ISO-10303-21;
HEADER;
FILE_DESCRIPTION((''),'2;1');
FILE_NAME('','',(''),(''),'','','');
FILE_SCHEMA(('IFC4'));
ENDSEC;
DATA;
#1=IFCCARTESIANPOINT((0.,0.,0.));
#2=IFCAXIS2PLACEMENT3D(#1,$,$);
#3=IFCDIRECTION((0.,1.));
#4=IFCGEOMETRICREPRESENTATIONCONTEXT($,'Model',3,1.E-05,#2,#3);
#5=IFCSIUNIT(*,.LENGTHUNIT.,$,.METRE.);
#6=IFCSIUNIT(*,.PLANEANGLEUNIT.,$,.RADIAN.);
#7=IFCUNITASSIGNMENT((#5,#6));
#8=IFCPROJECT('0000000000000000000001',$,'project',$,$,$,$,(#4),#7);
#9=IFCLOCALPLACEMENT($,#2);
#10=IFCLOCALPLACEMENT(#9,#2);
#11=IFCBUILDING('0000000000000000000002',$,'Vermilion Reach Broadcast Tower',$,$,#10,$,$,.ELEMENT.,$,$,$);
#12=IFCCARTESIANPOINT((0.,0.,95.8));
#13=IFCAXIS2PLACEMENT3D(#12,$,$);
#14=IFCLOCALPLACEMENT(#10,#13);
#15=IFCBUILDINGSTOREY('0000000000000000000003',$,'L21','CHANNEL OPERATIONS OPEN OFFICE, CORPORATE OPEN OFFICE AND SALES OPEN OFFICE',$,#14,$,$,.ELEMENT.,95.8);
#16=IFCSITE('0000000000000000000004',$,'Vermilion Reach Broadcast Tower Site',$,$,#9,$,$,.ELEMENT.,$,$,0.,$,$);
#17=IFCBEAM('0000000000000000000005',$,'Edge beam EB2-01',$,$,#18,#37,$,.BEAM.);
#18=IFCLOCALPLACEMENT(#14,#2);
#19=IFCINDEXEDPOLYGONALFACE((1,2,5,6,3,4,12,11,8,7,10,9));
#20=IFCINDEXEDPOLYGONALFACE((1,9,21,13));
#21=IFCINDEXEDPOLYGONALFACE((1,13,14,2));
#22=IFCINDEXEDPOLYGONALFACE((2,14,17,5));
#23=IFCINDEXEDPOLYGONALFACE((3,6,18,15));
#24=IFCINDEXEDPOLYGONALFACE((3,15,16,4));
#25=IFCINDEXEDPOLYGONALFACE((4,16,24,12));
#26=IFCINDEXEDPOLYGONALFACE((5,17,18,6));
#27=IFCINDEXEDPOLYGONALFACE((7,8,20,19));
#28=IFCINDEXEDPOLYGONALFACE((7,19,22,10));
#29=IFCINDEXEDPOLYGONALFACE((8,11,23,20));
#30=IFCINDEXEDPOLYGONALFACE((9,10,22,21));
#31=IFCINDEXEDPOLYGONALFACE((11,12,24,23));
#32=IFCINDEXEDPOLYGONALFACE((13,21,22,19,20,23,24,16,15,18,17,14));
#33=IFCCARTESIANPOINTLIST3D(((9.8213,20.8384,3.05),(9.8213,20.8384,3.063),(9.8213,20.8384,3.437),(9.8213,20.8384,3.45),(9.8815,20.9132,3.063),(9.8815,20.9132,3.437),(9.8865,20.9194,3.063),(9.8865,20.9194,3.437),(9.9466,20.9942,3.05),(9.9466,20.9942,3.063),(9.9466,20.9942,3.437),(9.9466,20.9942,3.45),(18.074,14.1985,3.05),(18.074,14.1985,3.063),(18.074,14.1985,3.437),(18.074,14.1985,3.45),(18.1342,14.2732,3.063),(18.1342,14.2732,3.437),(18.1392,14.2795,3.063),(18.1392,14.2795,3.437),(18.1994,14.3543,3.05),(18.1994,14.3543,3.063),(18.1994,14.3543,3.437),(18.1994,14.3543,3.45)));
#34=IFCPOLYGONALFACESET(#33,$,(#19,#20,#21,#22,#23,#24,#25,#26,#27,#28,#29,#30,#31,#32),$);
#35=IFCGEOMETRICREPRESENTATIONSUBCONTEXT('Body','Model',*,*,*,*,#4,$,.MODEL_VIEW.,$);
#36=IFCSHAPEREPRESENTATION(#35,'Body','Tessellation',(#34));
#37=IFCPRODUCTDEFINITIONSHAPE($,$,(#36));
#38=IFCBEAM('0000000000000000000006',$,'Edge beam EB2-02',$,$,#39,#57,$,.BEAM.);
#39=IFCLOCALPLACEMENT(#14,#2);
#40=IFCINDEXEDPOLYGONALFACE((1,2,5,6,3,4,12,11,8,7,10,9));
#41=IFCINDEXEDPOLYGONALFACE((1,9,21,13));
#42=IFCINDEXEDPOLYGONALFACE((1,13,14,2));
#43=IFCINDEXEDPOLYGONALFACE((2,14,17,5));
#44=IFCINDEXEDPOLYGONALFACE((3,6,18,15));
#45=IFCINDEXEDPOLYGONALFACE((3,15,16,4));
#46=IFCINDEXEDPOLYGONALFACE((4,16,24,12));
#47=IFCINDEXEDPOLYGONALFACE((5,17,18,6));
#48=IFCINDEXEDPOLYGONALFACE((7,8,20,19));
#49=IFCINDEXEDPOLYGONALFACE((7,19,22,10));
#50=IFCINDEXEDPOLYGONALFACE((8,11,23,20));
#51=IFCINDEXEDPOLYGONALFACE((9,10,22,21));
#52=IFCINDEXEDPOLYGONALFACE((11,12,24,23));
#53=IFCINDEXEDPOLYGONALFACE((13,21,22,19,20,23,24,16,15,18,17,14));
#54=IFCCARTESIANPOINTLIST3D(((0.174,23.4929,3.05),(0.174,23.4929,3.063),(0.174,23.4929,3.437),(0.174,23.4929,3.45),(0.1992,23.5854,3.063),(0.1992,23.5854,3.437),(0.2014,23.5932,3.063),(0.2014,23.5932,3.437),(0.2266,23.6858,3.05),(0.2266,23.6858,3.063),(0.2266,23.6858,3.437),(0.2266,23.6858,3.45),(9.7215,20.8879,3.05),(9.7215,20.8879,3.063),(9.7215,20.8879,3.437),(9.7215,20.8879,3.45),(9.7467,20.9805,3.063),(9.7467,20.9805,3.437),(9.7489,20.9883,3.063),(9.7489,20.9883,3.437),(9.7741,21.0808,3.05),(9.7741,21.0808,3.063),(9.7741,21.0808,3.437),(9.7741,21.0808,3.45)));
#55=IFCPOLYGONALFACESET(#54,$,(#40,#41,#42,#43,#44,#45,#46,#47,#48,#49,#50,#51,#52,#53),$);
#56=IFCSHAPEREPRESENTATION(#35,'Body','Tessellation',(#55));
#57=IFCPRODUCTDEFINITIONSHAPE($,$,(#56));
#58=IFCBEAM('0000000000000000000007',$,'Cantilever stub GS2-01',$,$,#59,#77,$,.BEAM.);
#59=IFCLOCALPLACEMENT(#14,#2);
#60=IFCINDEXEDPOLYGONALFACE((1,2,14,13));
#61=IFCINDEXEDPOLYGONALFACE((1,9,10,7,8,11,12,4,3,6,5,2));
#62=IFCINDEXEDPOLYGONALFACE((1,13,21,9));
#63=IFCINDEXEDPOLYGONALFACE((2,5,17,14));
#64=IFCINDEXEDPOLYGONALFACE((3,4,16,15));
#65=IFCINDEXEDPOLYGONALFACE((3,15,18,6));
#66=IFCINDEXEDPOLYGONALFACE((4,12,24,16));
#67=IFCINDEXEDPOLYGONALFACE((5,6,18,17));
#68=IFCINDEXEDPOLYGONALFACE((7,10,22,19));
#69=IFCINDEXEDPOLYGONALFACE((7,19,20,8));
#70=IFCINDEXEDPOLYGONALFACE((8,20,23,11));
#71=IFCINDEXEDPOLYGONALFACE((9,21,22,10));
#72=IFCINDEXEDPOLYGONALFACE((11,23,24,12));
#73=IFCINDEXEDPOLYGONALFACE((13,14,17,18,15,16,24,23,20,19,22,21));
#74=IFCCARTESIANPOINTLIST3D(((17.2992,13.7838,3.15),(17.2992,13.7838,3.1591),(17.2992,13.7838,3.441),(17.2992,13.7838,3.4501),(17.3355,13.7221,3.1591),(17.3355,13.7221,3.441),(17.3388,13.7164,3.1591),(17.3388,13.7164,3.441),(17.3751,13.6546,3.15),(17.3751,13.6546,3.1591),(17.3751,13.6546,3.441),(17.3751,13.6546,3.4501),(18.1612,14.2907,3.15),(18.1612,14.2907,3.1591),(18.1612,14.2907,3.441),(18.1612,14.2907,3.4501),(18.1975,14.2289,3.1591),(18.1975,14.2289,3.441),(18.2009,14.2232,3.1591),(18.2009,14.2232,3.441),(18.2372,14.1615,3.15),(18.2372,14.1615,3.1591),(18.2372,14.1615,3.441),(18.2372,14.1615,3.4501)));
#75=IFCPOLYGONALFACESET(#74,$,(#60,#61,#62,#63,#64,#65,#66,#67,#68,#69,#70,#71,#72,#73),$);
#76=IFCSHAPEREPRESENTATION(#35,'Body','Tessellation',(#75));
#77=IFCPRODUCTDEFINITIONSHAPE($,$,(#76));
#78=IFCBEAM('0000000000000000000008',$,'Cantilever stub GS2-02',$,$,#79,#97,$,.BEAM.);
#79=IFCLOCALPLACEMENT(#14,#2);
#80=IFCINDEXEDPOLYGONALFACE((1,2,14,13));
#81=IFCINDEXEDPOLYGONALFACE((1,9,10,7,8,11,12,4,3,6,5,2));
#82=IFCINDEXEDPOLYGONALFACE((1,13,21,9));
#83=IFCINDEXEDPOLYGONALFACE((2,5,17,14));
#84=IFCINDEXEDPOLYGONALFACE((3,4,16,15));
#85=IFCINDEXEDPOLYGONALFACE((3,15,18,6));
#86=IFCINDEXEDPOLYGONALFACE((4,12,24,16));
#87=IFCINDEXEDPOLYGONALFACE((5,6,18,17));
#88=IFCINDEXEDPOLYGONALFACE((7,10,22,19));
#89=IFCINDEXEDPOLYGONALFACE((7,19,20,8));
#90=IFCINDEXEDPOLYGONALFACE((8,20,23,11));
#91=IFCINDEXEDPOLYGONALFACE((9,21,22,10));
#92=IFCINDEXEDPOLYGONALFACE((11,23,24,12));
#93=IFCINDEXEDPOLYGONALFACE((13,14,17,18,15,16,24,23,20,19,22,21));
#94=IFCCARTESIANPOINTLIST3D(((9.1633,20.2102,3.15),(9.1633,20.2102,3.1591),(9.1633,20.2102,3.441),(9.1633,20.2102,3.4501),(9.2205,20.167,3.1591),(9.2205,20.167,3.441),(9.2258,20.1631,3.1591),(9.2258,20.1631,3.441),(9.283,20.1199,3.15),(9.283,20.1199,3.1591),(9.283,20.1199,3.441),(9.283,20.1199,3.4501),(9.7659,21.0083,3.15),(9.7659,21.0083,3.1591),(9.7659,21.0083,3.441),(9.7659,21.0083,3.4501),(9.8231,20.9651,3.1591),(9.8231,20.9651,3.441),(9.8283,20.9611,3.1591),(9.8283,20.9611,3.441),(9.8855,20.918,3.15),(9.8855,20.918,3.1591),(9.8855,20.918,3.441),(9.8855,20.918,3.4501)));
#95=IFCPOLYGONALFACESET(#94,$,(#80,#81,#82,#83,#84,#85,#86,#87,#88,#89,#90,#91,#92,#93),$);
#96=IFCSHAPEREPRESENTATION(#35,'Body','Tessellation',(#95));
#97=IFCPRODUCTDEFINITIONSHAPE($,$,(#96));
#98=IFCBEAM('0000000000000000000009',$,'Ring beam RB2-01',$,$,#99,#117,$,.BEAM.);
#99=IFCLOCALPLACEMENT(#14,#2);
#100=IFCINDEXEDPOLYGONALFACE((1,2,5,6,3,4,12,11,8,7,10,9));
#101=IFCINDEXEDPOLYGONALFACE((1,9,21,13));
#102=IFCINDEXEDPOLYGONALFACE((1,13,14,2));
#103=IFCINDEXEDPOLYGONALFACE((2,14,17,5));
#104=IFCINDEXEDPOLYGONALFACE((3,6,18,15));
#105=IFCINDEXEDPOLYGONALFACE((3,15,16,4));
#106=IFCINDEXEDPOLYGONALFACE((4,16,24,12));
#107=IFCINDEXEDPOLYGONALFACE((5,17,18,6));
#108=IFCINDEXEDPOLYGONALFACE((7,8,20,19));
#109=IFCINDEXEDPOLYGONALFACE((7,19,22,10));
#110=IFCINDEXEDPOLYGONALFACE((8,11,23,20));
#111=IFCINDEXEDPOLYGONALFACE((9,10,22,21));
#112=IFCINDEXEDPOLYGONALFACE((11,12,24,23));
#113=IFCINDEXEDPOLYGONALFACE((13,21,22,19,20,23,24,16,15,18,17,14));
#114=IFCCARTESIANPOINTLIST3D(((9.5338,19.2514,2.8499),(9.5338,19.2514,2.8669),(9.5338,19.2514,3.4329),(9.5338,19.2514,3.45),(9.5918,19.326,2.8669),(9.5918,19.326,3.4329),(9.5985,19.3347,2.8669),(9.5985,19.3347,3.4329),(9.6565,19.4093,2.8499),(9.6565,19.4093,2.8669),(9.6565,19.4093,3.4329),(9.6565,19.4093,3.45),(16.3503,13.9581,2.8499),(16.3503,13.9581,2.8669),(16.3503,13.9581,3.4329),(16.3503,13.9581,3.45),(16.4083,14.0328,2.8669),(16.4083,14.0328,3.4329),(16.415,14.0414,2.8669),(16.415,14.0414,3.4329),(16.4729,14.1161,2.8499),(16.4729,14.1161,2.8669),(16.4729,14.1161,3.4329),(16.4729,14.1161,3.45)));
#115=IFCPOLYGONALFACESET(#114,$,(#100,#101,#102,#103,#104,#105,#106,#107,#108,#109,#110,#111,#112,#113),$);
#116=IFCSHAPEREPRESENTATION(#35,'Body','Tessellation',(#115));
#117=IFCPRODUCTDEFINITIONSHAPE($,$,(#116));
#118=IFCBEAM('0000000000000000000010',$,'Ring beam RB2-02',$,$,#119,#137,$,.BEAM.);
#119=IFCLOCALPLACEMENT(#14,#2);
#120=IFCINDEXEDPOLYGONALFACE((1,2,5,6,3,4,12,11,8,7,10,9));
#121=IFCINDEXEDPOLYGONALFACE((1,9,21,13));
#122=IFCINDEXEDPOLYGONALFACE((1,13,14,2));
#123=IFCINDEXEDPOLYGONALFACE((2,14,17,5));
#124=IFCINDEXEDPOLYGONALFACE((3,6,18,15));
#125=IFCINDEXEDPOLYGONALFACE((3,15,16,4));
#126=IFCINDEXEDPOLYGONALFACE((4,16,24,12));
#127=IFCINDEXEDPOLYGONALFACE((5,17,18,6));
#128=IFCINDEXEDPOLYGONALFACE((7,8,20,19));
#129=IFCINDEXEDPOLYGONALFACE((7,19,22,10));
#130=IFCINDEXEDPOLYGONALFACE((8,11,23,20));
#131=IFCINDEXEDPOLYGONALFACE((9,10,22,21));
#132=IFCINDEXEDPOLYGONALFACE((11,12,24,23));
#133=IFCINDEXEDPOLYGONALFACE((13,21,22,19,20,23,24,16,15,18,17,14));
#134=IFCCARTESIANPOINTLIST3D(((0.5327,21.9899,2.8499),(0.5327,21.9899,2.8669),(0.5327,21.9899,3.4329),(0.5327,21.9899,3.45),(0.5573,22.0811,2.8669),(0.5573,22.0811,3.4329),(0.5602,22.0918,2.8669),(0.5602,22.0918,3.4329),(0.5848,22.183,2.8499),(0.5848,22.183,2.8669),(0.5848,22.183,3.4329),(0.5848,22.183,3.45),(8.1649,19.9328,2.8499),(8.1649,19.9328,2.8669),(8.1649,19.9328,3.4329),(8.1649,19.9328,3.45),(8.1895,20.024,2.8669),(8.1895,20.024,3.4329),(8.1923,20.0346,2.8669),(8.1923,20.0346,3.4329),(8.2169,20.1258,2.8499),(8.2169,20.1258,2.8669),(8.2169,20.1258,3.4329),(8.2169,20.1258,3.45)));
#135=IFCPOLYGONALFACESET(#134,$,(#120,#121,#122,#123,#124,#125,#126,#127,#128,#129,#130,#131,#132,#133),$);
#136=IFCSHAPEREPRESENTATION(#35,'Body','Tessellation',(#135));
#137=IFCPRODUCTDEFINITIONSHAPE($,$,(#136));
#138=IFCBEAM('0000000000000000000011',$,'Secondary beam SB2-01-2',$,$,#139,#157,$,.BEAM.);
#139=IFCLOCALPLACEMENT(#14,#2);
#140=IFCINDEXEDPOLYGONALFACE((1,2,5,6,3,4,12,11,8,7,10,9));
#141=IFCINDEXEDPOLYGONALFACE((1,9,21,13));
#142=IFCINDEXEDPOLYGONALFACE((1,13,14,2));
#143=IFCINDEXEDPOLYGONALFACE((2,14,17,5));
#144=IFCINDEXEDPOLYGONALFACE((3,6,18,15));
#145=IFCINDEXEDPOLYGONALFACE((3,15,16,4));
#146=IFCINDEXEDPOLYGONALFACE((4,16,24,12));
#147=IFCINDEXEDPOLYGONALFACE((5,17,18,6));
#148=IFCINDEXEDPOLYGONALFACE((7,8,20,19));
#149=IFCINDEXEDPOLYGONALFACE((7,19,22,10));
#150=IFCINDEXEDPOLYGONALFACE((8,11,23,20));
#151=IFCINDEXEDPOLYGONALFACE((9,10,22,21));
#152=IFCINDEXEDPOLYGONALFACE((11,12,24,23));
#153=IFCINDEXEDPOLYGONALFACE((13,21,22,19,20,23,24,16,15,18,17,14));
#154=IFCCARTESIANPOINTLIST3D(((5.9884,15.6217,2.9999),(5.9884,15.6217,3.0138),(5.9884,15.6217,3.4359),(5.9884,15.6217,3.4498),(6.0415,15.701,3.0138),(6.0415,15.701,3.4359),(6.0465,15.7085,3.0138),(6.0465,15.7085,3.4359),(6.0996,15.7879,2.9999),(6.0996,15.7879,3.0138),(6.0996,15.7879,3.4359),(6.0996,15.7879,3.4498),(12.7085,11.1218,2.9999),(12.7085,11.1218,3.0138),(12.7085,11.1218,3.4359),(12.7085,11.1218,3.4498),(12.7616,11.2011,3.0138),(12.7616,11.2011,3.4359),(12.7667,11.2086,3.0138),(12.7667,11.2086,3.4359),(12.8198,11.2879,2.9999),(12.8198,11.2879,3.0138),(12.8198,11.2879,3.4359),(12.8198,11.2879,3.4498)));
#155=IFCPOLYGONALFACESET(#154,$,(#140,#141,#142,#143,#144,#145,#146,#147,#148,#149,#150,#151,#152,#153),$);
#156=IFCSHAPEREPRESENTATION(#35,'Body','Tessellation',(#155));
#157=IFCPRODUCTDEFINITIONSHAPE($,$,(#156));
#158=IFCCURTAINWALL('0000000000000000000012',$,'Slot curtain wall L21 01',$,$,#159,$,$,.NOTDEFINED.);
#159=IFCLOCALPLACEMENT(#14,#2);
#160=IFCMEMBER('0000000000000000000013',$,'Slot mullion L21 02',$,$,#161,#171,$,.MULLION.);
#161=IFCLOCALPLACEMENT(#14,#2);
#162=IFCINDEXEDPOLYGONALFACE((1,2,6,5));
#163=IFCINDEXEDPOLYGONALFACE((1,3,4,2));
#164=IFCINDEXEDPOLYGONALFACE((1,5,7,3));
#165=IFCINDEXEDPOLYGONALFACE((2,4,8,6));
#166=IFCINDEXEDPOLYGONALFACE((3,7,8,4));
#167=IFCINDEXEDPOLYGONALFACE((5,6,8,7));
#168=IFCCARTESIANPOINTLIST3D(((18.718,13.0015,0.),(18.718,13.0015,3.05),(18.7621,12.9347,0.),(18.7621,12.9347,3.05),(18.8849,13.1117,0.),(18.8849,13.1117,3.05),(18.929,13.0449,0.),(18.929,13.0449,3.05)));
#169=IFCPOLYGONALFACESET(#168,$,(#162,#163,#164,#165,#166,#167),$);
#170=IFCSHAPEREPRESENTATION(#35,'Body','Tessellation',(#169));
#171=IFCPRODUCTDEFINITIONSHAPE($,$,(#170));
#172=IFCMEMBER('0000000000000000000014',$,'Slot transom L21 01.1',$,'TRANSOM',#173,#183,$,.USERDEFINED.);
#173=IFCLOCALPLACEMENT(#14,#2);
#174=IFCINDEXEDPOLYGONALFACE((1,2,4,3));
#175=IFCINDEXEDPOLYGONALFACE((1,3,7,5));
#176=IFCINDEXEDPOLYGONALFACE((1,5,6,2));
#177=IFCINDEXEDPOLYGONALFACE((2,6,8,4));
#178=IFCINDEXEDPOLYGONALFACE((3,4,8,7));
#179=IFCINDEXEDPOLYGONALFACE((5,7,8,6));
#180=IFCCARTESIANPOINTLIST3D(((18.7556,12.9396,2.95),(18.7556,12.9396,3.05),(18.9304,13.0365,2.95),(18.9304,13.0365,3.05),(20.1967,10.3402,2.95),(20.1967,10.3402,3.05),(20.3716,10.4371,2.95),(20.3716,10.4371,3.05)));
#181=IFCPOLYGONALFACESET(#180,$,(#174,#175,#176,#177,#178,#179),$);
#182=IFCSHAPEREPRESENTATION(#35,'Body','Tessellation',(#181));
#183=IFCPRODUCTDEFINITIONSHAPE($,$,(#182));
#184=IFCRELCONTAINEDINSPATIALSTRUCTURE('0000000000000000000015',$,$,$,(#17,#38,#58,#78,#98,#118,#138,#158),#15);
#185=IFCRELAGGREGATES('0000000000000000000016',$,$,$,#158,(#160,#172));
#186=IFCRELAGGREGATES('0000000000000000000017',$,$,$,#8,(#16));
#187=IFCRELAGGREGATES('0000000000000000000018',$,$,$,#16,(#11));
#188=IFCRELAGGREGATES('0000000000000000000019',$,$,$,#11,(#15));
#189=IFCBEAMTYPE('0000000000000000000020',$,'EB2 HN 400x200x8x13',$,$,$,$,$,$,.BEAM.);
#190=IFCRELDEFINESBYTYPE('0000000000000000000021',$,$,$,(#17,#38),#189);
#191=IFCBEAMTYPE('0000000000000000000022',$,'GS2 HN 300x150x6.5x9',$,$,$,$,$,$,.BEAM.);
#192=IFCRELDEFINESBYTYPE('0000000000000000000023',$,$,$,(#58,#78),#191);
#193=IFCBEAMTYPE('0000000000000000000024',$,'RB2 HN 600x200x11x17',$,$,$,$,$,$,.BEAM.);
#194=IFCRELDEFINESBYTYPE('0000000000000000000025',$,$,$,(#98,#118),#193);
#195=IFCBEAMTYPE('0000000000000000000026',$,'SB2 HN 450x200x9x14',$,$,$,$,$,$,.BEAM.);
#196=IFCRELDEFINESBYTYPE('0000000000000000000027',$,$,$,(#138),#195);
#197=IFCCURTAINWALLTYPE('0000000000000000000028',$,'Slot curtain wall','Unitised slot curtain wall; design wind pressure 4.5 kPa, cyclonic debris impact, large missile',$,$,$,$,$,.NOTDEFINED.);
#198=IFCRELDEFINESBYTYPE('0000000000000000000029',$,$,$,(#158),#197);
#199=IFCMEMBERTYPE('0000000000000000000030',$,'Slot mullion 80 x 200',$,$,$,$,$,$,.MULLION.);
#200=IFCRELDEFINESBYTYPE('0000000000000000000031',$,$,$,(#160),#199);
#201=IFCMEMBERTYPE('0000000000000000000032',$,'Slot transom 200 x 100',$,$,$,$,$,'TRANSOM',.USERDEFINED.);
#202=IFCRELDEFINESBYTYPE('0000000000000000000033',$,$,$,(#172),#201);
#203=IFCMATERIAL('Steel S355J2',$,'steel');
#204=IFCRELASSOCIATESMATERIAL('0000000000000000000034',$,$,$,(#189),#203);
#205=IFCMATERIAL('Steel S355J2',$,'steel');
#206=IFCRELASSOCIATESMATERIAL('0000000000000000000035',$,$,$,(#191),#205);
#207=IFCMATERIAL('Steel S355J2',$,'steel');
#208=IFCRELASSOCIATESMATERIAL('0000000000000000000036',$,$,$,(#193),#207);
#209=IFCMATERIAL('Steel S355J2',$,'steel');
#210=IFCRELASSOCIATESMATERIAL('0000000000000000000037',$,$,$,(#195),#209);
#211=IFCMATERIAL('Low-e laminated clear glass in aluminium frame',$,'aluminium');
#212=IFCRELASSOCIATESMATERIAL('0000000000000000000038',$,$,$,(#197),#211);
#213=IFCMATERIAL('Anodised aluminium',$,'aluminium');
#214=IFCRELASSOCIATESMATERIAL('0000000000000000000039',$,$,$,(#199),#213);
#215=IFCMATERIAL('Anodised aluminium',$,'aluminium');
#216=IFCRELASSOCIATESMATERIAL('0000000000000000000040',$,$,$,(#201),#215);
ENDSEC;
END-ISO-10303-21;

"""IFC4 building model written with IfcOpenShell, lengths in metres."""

from ifc_helpers import new_model, si_unit, direction, frame, origin, origin_2d, place, context, subcontext, project, spatial, rectangle, i_section, extrude, material, material_profile, profile_set, type_object, element, aggregate, save


model = new_model("IFC4")

# Units and contexts
model_context = context("Model", 3, precision=1e-05, world=origin(), true_north=direction((0.0, 1.0)))
body_context = subcontext(model_context, "Body", "Model", "MODEL_VIEW")
ifc_project = project(units=[si_unit("LENGTHUNIT", "METRE"), si_unit("PLANEANGLEUNIT", "RADIAN")], contexts=[model_context])

# Site, building, storey
site_placement = place(None, origin())
site = spatial("IfcSite", under=ifc_project, at=site_placement, Name="Vermilion Reach Broadcast Tower Site", CompositionType="ELEMENT", RefElevation=0.0)
building_placement = place(site_placement, origin())
building = spatial("IfcBuilding", under=site, at=building_placement, Name="Vermilion Reach Broadcast Tower", CompositionType="ELEMENT")
storey_placement = place(building_placement, frame((0.0, 0.0, 95.8)))
storey = spatial("IfcBuildingStorey", under=building, at=storey_placement, Name="L21", Description="CHANNEL OPERATIONS OPEN OFFICE, CORPORATE OPEN OFFICE AND SALES OPEN OFFICE", CompositionType="ELEMENT", Elevation=95.8)

# Beams
ifc_material_1 = material(Name="Steel S355J2", Category="steel")
ifc_material_profile_1 = material_profile(ifc_material_1, i_section(OverallWidth=0.2, OverallDepth=0.3999, WebThickness=0.0081, FlangeThickness=0.0129, at=origin_2d()), Name="S355J2 HN 400x200x8x13")
ifc_profile_set_1 = profile_set([ifc_material_profile_1], Name="Steel S355J2")
beam_type_1 = type_object("IfcBeamType", Name="EB2 HN 400x200x8x13", PredefinedType="BEAM", material=ifc_profile_set_1)
beam_1_placement = place(storey_placement, frame((18.1367, 14.2764, 3.25), z_axis=(-0.779128, 0.626865, 0.0), x_axis=(-0.626865, -0.779128, 0.0)))
element("IfcBeam", 1, at=beam_1_placement, inside=storey, type_object=beam_type_1, Name="Edge beam EB2-01", PredefinedType="BEAM", context=body_context, shape_type="SweptSolid", body=[
    extrude(i_section(OverallWidth=0.2, OverallDepth=0.3999, WebThickness=0.0081, FlangeThickness=0.0129, at=origin_2d()), origin(), (0.0, 0.0, 1.0), 10.5923),
])
beam_2_placement = place(storey_placement, frame((9.7478, 20.9844, 3.25), z_axis=(-0.964736, 0.26322, 0.0), x_axis=(-0.26322, -0.964736, 0.0)))
element("IfcBeam", 2, at=beam_2_placement, inside=storey, type_object=beam_type_1, Name="Edge beam EB2-02", PredefinedType="BEAM", context=body_context, shape_type="SweptSolid", body=[
    extrude(i_section(OverallWidth=0.2, OverallDepth=0.3999, WebThickness=0.0081, FlangeThickness=0.0129, at=origin_2d()), origin(), (0.0, 0.0, 1.0), 9.8965),
])
ifc_material_2 = material(Name="Steel S355J2", Category="steel")
ifc_material_profile_2 = material_profile(ifc_material_2, i_section(OverallWidth=0.1499, OverallDepth=0.3, WebThickness=0.0066, FlangeThickness=0.009, at=origin_2d()), Name="S355J2 HN 300x150x6.5x9")
ifc_profile_set_2 = profile_set([ifc_material_profile_2], Name="Steel S355J2")
beam_type_2 = type_object("IfcBeamType", Name="GS2 HN 300x150x6.5x9", PredefinedType="BEAM", material=ifc_profile_set_2)
for number, where, z_axis, x_axis, name in (
    (3, (17.3372, 13.7192, 3.3), (0.862047, 0.506828, 0.0), (-0.506828, 0.862047, 0.0), "Cantilever stub GS2-01"),
    (4, (9.2231, 20.165, 3.3), (0.602536, 0.798092, 0.0), (-0.798092, 0.602536, 0.0), "Cantilever stub GS2-02"),
):
    element("IfcBeam", number, at=place(storey_placement, frame(where, z_axis=z_axis, x_axis=x_axis)), inside=storey, type_object=beam_type_2, Name=name, PredefinedType="BEAM", context=body_context, shape_type="SweptSolid", body=[
        extrude(i_section(OverallWidth=0.1499, OverallDepth=0.3, WebThickness=0.0066, FlangeThickness=0.009, at=origin_2d()), origin(), (0.0, 0.0, 1.0), 1.0),
    ])
ifc_material_3 = material(Name="Steel S355J2", Category="steel")
ifc_material_profile_3 = material_profile(ifc_material_3, i_section(OverallWidth=0.2, OverallDepth=0.6001, WebThickness=0.011, FlangeThickness=0.0171, at=origin_2d()), Name="S355J2 HN 600x200x11x17")
ifc_profile_set_3 = profile_set([ifc_material_profile_3], Name="Steel S355J2")
beam_type_3 = type_object("IfcBeamType", Name="RB2 HN 600x200x11x17", PredefinedType="BEAM", material=ifc_profile_set_3)
beam_3_placement = place(storey_placement, frame((16.4116, 14.0371, 3.1499), z_axis=(-0.789826, 0.613331, 0.0), x_axis=(-0.613331, -0.789826, 0.0)))
element("IfcBeam", 5, at=beam_3_placement, inside=storey, type_object=beam_type_3, Name="Ring beam RB2-01", PredefinedType="BEAM", context=body_context, shape_type="SweptSolid", body=[
    extrude(i_section(OverallWidth=0.2, OverallDepth=0.6001, WebThickness=0.011, FlangeThickness=0.0171, at=origin_2d()), origin(), (0.0, 0.0, 1.0), 8.6304),
])
beam_4_placement = place(storey_placement, frame((8.1909, 20.0293, 3.1499), z_axis=(-0.965541, 0.260249, 0.0), x_axis=(-0.260249, -0.965541, 0.0)))
element("IfcBeam", 6, at=beam_4_placement, inside=storey, type_object=beam_type_3, Name="Ring beam RB2-02", PredefinedType="BEAM", context=body_context, shape_type="SweptSolid", body=[
    extrude(i_section(OverallWidth=0.2, OverallDepth=0.6001, WebThickness=0.011, FlangeThickness=0.0171, at=origin_2d()), origin(), (0.0, 0.0, 1.0), 7.9045),
])
ifc_material_4 = material(Name="Steel S355J2", Category="steel")
ifc_material_profile_4 = material_profile(ifc_material_4, i_section(OverallWidth=0.2, OverallDepth=0.45, WebThickness=0.009, FlangeThickness=0.0139, at=origin_2d()), Name="S355J2 HN 450x200x9x14")
ifc_profile_set_4 = profile_set([ifc_material_profile_4], Name="Steel S355J2")
beam_type_4 = type_object("IfcBeamType", Name="SB2 HN 450x200x9x14", PredefinedType="BEAM", material=ifc_profile_set_4)
beam_5_placement = place(storey_placement, frame((12.7642, 11.2048, 3.2249), z_axis=(-0.830915, 0.556399, 0.0), x_axis=(-0.556399, -0.830915, 0.0)))
element("IfcBeam", 7, at=beam_5_placement, inside=storey, type_object=beam_type_4, Name="Secondary beam SB2-01-2", PredefinedType="BEAM", context=body_context, shape_type="SweptSolid", body=[
    extrude(i_section(OverallWidth=0.2, OverallDepth=0.45, WebThickness=0.009, FlangeThickness=0.0139, at=origin_2d()), origin(), (0.0, 0.0, 1.0), 8.0876),
])

# Curtain wall, members
ifc_material_5 = material(Name="Low-e laminated clear glass in aluminium frame", Category="aluminium")
curtain_wall_type = type_object("IfcCurtainWallType", Name="Slot curtain wall", Description="Unitised slot curtain wall; design wind pressure 4.5 kPa, cyclonic debris impact, large missile", PredefinedType="NOTDEFINED", material=ifc_material_5)
curtain_wall_placement = place(storey_placement, origin())
curtain_wall = element("IfcCurtainWall", 8, at=curtain_wall_placement, inside=storey, type_object=curtain_wall_type, Name="Slot curtain wall L21 01", PredefinedType="NOTDEFINED")
ifc_material_6 = material(Name="Anodised aluminium", Category="aluminium")
ifc_material_profile_5 = material_profile(ifc_material_6, rectangle(XDim=0.2, YDim=0.0801, at=origin_2d()), Name="Slot mullion 80 x 200")
ifc_profile_set_5 = profile_set([ifc_material_profile_5], Name="Anodised aluminium")
member_type_1 = type_object("IfcMemberType", Name="Slot mullion 80 x 200", PredefinedType="MULLION", material=ifc_profile_set_5)
member_1_placement = place(storey_placement, frame((18.8235, 13.0232, 0.0), z_axis=(0.0, 0.0, 1.0), x_axis=(-0.834527, -0.550968, 0.0)))
member_1 = element("IfcMember", 9, at=member_1_placement, type_object=member_type_1, Name="Slot mullion L21 02", PredefinedType="MULLION", context=body_context, shape_type="SweptSolid", body=[
    extrude(rectangle(XDim=0.2, YDim=0.0801, at=origin_2d()), origin(), (0.0, 0.0, 1.0), 3.05),
])
ifc_material_7 = material(Name="Anodised aluminium", Category="aluminium")
ifc_material_profile_6 = material_profile(ifc_material_7, rectangle(XDim=0.2, YDim=0.1001, at=origin_2d()), Name="Slot transom 200 x 100")
ifc_profile_set_6 = profile_set([ifc_material_profile_6], Name="Anodised aluminium")
member_type_2 = type_object("IfcMemberType", Name="Slot transom 200 x 100", ElementType="TRANSOM", PredefinedType="USERDEFINED", material=ifc_profile_set_6)
member_2_placement = place(storey_placement, frame((20.2842, 10.3887, 3.0), z_axis=(-0.48489, 0.874575, 0.0), x_axis=(-0.874575, -0.48489, 0.0)))
member_2 = element("IfcMember", 10, at=member_2_placement, type_object=member_type_2, Name="Slot transom L21 01.1", ObjectType="TRANSOM", PredefinedType="USERDEFINED", context=body_context, shape_type="SweptSolid", body=[
    extrude(rectangle(XDim=0.2, YDim=0.1001, at=origin_2d()), origin(), (0.0, 0.0, 1.0), 2.9722),
])
aggregate(curtain_wall, [member_1, member_2])

save(model, "model.ifc")
